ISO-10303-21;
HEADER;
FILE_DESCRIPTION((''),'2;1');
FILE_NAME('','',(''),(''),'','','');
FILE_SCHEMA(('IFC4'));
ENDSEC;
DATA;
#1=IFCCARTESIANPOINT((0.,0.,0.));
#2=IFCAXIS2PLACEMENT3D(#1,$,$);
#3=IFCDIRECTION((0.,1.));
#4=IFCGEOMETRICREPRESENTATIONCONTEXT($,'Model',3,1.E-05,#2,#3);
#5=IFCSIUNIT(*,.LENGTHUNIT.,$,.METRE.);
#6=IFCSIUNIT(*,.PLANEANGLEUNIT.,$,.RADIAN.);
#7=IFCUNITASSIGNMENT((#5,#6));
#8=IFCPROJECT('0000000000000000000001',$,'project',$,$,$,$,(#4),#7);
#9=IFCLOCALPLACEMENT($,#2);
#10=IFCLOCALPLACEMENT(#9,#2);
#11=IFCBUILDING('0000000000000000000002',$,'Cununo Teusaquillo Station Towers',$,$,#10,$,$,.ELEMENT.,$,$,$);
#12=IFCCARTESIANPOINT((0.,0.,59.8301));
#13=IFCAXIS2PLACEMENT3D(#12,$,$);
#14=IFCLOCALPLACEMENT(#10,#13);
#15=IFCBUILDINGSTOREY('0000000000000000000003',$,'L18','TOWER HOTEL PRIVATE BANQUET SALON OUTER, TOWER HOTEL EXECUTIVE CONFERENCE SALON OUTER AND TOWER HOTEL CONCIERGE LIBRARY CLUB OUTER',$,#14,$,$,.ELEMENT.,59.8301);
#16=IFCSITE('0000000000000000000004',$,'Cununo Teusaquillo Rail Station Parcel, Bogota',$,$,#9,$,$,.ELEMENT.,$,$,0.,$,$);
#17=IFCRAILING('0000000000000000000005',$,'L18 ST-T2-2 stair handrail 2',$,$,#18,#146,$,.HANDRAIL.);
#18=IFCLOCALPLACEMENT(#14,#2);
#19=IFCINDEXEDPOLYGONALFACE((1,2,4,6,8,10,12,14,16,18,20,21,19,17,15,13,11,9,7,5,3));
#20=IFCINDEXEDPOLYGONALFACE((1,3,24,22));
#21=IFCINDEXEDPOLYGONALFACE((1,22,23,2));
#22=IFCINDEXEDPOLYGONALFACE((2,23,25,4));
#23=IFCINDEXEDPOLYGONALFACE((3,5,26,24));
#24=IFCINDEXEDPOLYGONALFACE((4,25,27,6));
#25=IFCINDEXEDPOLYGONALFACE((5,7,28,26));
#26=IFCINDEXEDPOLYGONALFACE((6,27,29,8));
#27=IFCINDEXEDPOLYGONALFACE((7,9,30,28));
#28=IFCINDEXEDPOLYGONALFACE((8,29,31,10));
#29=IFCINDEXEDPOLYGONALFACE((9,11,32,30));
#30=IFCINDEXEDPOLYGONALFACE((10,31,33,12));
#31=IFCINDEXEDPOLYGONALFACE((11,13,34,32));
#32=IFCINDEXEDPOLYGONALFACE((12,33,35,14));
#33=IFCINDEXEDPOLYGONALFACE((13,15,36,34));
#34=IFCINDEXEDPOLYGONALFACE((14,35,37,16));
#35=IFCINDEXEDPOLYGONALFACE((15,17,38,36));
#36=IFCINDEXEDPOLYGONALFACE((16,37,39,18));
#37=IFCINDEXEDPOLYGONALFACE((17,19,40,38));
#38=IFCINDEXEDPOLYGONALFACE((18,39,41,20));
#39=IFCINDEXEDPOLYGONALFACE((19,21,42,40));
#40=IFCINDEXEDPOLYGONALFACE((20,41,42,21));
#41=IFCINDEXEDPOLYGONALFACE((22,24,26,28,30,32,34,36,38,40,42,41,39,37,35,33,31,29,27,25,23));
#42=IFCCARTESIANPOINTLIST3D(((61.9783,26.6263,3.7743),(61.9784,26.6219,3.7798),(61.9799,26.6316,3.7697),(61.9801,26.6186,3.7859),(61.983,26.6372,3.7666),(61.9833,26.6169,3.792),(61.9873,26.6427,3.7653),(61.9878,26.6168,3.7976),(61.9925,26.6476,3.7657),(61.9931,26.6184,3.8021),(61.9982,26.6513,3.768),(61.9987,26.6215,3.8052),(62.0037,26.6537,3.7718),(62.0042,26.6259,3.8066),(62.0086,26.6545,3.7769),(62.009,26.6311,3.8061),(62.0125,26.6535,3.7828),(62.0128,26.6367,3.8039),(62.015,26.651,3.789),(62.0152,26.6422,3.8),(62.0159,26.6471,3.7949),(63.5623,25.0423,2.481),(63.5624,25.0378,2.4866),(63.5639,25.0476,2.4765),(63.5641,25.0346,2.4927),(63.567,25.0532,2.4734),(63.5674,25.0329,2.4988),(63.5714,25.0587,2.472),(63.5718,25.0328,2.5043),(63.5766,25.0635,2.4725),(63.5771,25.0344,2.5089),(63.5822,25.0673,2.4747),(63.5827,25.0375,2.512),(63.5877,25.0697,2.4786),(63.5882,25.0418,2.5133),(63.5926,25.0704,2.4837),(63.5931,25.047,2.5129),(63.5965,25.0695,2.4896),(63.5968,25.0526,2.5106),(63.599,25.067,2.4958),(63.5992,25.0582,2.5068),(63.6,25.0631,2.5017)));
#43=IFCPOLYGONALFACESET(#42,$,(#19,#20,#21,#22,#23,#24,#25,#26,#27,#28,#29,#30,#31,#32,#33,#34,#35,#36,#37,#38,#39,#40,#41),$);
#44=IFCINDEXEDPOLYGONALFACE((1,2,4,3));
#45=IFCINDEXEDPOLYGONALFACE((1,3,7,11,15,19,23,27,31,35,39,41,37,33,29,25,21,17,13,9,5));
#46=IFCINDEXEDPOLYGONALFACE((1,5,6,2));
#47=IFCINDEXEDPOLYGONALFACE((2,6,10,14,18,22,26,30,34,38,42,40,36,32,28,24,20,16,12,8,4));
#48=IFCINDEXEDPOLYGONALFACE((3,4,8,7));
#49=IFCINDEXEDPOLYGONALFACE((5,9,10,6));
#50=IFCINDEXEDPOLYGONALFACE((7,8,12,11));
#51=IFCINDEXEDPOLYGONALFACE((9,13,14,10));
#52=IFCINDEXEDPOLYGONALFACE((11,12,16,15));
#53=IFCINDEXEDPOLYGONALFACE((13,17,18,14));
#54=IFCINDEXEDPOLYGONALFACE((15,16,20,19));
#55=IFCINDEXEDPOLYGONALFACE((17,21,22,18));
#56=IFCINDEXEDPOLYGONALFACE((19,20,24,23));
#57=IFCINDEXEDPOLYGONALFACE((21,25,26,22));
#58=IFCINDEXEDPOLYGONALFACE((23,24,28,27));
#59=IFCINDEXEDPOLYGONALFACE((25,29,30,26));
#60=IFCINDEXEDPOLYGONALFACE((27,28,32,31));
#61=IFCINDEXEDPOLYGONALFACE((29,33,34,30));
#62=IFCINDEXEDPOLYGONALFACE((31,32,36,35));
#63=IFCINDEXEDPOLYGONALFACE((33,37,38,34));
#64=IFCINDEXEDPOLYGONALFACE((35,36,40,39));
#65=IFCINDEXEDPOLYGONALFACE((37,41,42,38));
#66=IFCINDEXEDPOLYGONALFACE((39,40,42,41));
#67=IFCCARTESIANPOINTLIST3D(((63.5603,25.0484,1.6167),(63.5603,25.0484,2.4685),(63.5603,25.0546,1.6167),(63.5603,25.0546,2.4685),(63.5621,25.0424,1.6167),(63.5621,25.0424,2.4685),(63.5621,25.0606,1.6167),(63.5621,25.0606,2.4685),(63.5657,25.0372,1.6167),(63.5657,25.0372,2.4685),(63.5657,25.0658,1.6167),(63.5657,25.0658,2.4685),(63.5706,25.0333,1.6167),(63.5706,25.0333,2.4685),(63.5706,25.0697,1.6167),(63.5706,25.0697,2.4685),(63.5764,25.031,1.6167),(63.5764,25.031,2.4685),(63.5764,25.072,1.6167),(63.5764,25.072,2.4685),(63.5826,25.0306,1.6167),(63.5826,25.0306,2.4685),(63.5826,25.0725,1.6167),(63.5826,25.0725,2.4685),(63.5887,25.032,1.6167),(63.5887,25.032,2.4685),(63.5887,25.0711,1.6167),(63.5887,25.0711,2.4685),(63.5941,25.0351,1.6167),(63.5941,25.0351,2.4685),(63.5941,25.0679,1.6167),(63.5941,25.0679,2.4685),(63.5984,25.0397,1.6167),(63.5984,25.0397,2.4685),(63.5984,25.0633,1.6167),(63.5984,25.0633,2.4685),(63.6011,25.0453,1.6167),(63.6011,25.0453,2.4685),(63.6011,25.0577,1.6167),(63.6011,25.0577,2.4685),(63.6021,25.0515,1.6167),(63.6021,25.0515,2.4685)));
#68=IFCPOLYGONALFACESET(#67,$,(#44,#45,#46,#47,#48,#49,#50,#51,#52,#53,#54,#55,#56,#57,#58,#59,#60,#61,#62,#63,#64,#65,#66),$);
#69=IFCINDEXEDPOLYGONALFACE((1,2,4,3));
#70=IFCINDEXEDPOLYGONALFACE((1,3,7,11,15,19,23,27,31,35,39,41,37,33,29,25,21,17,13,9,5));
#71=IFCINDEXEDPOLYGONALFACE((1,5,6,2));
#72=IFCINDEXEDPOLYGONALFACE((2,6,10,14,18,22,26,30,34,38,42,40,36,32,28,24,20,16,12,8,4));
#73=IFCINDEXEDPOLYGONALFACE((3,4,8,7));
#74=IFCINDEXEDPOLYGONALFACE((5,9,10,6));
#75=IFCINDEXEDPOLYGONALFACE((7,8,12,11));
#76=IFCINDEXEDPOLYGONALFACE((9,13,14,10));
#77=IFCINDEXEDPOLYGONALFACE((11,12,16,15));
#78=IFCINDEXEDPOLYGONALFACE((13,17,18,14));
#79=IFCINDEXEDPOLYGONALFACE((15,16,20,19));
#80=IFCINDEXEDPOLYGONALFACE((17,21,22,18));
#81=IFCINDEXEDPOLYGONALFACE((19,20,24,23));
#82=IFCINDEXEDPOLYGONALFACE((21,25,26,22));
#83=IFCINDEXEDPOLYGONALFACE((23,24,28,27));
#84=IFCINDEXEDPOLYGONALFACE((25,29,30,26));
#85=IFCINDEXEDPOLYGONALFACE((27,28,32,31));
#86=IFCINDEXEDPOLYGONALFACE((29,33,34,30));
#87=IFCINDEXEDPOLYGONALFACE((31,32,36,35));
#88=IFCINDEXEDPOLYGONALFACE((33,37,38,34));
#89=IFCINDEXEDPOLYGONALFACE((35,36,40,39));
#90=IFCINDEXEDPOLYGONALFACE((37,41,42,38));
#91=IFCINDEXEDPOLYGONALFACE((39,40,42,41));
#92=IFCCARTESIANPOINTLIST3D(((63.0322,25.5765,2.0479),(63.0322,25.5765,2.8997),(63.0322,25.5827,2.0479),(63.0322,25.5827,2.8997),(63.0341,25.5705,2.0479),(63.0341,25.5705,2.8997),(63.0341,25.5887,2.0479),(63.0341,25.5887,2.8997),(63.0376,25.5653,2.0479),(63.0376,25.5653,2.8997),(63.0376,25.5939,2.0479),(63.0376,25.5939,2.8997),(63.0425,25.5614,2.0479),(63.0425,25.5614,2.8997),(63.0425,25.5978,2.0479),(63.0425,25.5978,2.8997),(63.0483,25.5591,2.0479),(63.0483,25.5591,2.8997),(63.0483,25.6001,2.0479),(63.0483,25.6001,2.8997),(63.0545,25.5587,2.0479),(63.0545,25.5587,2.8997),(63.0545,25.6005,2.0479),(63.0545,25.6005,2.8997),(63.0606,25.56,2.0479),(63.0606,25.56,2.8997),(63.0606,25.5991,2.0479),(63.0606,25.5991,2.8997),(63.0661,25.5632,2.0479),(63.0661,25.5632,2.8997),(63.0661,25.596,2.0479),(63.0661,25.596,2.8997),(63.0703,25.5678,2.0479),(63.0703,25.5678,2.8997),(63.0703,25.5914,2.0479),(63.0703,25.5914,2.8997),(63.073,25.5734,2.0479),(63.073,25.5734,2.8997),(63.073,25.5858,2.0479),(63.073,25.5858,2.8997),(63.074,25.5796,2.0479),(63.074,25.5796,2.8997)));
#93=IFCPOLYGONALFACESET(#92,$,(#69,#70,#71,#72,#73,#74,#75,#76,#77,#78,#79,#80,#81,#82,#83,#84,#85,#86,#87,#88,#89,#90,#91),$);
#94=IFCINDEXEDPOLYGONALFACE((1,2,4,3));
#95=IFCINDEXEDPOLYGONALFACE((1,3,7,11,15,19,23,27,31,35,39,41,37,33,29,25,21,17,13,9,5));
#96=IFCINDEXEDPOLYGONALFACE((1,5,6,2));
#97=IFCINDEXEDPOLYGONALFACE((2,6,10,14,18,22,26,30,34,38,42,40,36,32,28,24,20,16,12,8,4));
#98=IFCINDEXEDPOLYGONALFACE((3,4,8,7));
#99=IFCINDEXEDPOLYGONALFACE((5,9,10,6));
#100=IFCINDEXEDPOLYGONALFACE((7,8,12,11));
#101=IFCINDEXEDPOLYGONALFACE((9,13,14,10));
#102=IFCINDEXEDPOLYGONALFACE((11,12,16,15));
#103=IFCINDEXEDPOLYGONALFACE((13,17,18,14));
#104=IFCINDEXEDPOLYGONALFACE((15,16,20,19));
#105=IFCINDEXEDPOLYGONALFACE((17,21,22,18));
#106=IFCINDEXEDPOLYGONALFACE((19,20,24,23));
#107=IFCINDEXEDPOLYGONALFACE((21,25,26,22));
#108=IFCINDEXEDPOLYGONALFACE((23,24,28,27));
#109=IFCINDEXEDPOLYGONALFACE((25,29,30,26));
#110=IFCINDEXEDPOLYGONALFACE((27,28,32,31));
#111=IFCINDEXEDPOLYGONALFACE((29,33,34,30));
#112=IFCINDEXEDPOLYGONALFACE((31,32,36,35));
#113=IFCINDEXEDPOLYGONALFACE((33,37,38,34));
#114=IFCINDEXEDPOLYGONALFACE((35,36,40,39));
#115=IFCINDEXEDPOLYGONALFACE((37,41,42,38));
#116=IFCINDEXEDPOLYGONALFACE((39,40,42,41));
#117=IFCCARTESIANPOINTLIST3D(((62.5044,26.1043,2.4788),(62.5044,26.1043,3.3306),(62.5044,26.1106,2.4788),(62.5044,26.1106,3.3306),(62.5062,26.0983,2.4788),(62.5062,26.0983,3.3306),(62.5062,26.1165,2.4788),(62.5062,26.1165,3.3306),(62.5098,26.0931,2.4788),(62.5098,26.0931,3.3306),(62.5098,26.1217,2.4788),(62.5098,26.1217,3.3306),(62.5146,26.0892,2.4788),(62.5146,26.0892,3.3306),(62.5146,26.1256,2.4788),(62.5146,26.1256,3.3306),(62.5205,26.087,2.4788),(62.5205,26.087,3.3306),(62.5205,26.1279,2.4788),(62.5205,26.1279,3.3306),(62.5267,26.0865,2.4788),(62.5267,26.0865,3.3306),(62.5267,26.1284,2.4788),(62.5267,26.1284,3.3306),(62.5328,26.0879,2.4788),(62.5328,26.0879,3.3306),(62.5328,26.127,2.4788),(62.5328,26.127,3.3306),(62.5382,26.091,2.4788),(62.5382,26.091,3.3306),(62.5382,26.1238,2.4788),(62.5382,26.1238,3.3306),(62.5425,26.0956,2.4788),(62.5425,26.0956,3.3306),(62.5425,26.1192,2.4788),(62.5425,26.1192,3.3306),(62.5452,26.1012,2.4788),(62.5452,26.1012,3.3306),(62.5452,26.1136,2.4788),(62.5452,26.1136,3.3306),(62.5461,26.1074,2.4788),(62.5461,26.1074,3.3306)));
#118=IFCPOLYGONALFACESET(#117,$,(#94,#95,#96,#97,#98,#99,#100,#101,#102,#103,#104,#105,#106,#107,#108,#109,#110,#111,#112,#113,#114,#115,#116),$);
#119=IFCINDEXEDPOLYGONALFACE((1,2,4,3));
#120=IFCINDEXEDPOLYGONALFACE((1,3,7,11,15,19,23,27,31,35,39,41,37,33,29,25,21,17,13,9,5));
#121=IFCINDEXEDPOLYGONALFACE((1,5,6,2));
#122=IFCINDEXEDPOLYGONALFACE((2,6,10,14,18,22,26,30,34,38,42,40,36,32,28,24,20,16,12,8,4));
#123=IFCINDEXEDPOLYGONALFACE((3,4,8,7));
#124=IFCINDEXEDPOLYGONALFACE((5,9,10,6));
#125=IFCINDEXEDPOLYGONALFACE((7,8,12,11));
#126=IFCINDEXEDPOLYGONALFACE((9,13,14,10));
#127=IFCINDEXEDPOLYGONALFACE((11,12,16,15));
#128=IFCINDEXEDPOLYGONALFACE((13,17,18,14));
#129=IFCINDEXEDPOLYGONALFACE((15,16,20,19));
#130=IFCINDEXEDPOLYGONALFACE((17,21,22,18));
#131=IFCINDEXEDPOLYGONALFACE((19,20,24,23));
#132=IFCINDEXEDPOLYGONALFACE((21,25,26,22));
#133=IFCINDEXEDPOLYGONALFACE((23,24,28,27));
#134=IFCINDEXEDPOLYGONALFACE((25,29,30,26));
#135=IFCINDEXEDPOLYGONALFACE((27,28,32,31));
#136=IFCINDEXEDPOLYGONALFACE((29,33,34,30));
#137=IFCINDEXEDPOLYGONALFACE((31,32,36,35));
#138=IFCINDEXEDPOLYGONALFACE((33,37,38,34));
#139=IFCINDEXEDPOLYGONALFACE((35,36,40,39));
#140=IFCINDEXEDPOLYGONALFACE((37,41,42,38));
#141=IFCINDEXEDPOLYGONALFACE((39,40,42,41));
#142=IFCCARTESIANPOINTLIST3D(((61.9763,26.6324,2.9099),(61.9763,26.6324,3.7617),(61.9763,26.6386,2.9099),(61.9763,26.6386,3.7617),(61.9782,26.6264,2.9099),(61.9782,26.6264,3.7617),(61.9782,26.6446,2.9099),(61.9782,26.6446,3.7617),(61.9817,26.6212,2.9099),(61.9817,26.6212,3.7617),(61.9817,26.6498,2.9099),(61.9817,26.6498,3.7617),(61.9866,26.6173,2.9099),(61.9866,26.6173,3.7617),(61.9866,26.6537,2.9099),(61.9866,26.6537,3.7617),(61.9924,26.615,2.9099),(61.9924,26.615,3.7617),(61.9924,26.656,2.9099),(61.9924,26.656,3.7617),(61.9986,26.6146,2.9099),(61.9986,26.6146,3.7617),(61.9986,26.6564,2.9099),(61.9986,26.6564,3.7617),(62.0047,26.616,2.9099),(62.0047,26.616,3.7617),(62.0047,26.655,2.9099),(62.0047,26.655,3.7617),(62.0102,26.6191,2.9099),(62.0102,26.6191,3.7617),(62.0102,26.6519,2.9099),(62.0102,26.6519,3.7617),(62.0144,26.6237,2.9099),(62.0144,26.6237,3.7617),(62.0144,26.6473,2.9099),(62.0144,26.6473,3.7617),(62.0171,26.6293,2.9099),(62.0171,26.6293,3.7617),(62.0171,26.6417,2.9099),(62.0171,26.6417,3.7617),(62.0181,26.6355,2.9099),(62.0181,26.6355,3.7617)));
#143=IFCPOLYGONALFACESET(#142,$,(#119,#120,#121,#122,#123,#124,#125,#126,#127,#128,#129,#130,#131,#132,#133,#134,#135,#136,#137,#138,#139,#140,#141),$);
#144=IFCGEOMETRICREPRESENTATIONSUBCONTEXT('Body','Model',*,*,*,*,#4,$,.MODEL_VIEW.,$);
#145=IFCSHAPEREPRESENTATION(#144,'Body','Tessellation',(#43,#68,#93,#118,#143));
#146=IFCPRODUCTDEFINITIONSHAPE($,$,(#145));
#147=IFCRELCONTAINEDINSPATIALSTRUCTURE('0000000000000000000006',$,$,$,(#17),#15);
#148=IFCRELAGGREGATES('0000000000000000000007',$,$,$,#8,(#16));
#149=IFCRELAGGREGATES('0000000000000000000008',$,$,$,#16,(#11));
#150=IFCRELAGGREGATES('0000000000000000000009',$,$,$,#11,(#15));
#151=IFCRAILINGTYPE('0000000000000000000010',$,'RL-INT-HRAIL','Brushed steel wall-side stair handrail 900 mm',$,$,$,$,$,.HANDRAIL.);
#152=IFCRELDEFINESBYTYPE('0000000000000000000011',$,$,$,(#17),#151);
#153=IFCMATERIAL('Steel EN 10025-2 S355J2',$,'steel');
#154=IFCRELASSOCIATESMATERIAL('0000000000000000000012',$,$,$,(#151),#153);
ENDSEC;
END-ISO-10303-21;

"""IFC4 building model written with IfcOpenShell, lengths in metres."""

from ifc_helpers import new_model, si_unit, direction, frame, origin, origin_2d, place, context, subcontext, project, spatial, circle, extrude, material, type_object, element, save


model = new_model("IFC4")

# Units and contexts
model_context = context("Model", 3, precision=1e-05, world=origin(), true_north=direction((0.0, 1.0)))
body_context = subcontext(model_context, "Body", "Model", "MODEL_VIEW")
ifc_project = project(units=[si_unit("LENGTHUNIT", "METRE"), si_unit("PLANEANGLEUNIT", "RADIAN")], contexts=[model_context])

# Site, building, storey
site_placement = place(None, origin())
site = spatial("IfcSite", under=ifc_project, at=site_placement, Name="Cununo Teusaquillo Rail Station Parcel, Bogota", CompositionType="ELEMENT", RefElevation=0.0)
building_placement = place(site_placement, origin())
building = spatial("IfcBuilding", under=site, at=building_placement, Name="Cununo Teusaquillo Station Towers", CompositionType="ELEMENT")
storey_placement = place(building_placement, frame((0.0, 0.0, 59.8301)))
storey = spatial("IfcBuildingStorey", under=building, at=storey_placement, Name="L18", Description="TOWER HOTEL PRIVATE BANQUET SALON OUTER, TOWER HOTEL EXECUTIVE CONFERENCE SALON OUTER AND TOWER HOTEL CONCIERGE LIBRARY CLUB OUTER", CompositionType="ELEMENT", Elevation=59.8301)

# Railing
ifc_material_1 = material(Name="Steel EN 10025-2 S355J2", Category="steel")
railing_type_1 = type_object("IfcRailingType", Name="RL-INT-HRAIL", Description="Brushed steel wall-side stair handrail 900 mm", PredefinedType="HANDRAIL", material=ifc_material_1)
railing_1_placement = place(storey_placement, frame((63.5811, 25.0515, 1.6167)))
element("IfcRailing", 1, at=railing_1_placement, inside=storey, type_object=railing_type_1, Name="L18 ST-T2-2 stair handrail 2", PredefinedType="HANDRAIL", context=body_context, shape_type="SweptSolid", body=[
    extrude(circle(Radius=0.0239, at=origin_2d()), frame((0.0, 0.0, 0.876), z_axis=(-0.612385, 0.612385, 0.49997), x_axis=(-0.707107, -0.707107, 0.0)), (0.0, 0.0, 1.0), 2.5867),
    extrude(circle(Radius=0.021, at=origin_2d()), origin(), (0.0, 0.0, 1.0), 0.8518),
    extrude(circle(Radius=0.021, at=origin_2d()), frame((-0.5281, 0.5281, 0.4312)), (0.0, 0.0, 1.0), 0.8518),
    extrude(circle(Radius=0.021, at=origin_2d()), frame((-1.0559, 1.0559, 0.8621)), (0.0, 0.0, 1.0), 0.8518),
    extrude(circle(Radius=0.021, at=origin_2d()), frame((-1.584, 1.584, 1.2932)), (0.0, 0.0, 1.0), 0.8518),
])

save(model, "model.ifc")
